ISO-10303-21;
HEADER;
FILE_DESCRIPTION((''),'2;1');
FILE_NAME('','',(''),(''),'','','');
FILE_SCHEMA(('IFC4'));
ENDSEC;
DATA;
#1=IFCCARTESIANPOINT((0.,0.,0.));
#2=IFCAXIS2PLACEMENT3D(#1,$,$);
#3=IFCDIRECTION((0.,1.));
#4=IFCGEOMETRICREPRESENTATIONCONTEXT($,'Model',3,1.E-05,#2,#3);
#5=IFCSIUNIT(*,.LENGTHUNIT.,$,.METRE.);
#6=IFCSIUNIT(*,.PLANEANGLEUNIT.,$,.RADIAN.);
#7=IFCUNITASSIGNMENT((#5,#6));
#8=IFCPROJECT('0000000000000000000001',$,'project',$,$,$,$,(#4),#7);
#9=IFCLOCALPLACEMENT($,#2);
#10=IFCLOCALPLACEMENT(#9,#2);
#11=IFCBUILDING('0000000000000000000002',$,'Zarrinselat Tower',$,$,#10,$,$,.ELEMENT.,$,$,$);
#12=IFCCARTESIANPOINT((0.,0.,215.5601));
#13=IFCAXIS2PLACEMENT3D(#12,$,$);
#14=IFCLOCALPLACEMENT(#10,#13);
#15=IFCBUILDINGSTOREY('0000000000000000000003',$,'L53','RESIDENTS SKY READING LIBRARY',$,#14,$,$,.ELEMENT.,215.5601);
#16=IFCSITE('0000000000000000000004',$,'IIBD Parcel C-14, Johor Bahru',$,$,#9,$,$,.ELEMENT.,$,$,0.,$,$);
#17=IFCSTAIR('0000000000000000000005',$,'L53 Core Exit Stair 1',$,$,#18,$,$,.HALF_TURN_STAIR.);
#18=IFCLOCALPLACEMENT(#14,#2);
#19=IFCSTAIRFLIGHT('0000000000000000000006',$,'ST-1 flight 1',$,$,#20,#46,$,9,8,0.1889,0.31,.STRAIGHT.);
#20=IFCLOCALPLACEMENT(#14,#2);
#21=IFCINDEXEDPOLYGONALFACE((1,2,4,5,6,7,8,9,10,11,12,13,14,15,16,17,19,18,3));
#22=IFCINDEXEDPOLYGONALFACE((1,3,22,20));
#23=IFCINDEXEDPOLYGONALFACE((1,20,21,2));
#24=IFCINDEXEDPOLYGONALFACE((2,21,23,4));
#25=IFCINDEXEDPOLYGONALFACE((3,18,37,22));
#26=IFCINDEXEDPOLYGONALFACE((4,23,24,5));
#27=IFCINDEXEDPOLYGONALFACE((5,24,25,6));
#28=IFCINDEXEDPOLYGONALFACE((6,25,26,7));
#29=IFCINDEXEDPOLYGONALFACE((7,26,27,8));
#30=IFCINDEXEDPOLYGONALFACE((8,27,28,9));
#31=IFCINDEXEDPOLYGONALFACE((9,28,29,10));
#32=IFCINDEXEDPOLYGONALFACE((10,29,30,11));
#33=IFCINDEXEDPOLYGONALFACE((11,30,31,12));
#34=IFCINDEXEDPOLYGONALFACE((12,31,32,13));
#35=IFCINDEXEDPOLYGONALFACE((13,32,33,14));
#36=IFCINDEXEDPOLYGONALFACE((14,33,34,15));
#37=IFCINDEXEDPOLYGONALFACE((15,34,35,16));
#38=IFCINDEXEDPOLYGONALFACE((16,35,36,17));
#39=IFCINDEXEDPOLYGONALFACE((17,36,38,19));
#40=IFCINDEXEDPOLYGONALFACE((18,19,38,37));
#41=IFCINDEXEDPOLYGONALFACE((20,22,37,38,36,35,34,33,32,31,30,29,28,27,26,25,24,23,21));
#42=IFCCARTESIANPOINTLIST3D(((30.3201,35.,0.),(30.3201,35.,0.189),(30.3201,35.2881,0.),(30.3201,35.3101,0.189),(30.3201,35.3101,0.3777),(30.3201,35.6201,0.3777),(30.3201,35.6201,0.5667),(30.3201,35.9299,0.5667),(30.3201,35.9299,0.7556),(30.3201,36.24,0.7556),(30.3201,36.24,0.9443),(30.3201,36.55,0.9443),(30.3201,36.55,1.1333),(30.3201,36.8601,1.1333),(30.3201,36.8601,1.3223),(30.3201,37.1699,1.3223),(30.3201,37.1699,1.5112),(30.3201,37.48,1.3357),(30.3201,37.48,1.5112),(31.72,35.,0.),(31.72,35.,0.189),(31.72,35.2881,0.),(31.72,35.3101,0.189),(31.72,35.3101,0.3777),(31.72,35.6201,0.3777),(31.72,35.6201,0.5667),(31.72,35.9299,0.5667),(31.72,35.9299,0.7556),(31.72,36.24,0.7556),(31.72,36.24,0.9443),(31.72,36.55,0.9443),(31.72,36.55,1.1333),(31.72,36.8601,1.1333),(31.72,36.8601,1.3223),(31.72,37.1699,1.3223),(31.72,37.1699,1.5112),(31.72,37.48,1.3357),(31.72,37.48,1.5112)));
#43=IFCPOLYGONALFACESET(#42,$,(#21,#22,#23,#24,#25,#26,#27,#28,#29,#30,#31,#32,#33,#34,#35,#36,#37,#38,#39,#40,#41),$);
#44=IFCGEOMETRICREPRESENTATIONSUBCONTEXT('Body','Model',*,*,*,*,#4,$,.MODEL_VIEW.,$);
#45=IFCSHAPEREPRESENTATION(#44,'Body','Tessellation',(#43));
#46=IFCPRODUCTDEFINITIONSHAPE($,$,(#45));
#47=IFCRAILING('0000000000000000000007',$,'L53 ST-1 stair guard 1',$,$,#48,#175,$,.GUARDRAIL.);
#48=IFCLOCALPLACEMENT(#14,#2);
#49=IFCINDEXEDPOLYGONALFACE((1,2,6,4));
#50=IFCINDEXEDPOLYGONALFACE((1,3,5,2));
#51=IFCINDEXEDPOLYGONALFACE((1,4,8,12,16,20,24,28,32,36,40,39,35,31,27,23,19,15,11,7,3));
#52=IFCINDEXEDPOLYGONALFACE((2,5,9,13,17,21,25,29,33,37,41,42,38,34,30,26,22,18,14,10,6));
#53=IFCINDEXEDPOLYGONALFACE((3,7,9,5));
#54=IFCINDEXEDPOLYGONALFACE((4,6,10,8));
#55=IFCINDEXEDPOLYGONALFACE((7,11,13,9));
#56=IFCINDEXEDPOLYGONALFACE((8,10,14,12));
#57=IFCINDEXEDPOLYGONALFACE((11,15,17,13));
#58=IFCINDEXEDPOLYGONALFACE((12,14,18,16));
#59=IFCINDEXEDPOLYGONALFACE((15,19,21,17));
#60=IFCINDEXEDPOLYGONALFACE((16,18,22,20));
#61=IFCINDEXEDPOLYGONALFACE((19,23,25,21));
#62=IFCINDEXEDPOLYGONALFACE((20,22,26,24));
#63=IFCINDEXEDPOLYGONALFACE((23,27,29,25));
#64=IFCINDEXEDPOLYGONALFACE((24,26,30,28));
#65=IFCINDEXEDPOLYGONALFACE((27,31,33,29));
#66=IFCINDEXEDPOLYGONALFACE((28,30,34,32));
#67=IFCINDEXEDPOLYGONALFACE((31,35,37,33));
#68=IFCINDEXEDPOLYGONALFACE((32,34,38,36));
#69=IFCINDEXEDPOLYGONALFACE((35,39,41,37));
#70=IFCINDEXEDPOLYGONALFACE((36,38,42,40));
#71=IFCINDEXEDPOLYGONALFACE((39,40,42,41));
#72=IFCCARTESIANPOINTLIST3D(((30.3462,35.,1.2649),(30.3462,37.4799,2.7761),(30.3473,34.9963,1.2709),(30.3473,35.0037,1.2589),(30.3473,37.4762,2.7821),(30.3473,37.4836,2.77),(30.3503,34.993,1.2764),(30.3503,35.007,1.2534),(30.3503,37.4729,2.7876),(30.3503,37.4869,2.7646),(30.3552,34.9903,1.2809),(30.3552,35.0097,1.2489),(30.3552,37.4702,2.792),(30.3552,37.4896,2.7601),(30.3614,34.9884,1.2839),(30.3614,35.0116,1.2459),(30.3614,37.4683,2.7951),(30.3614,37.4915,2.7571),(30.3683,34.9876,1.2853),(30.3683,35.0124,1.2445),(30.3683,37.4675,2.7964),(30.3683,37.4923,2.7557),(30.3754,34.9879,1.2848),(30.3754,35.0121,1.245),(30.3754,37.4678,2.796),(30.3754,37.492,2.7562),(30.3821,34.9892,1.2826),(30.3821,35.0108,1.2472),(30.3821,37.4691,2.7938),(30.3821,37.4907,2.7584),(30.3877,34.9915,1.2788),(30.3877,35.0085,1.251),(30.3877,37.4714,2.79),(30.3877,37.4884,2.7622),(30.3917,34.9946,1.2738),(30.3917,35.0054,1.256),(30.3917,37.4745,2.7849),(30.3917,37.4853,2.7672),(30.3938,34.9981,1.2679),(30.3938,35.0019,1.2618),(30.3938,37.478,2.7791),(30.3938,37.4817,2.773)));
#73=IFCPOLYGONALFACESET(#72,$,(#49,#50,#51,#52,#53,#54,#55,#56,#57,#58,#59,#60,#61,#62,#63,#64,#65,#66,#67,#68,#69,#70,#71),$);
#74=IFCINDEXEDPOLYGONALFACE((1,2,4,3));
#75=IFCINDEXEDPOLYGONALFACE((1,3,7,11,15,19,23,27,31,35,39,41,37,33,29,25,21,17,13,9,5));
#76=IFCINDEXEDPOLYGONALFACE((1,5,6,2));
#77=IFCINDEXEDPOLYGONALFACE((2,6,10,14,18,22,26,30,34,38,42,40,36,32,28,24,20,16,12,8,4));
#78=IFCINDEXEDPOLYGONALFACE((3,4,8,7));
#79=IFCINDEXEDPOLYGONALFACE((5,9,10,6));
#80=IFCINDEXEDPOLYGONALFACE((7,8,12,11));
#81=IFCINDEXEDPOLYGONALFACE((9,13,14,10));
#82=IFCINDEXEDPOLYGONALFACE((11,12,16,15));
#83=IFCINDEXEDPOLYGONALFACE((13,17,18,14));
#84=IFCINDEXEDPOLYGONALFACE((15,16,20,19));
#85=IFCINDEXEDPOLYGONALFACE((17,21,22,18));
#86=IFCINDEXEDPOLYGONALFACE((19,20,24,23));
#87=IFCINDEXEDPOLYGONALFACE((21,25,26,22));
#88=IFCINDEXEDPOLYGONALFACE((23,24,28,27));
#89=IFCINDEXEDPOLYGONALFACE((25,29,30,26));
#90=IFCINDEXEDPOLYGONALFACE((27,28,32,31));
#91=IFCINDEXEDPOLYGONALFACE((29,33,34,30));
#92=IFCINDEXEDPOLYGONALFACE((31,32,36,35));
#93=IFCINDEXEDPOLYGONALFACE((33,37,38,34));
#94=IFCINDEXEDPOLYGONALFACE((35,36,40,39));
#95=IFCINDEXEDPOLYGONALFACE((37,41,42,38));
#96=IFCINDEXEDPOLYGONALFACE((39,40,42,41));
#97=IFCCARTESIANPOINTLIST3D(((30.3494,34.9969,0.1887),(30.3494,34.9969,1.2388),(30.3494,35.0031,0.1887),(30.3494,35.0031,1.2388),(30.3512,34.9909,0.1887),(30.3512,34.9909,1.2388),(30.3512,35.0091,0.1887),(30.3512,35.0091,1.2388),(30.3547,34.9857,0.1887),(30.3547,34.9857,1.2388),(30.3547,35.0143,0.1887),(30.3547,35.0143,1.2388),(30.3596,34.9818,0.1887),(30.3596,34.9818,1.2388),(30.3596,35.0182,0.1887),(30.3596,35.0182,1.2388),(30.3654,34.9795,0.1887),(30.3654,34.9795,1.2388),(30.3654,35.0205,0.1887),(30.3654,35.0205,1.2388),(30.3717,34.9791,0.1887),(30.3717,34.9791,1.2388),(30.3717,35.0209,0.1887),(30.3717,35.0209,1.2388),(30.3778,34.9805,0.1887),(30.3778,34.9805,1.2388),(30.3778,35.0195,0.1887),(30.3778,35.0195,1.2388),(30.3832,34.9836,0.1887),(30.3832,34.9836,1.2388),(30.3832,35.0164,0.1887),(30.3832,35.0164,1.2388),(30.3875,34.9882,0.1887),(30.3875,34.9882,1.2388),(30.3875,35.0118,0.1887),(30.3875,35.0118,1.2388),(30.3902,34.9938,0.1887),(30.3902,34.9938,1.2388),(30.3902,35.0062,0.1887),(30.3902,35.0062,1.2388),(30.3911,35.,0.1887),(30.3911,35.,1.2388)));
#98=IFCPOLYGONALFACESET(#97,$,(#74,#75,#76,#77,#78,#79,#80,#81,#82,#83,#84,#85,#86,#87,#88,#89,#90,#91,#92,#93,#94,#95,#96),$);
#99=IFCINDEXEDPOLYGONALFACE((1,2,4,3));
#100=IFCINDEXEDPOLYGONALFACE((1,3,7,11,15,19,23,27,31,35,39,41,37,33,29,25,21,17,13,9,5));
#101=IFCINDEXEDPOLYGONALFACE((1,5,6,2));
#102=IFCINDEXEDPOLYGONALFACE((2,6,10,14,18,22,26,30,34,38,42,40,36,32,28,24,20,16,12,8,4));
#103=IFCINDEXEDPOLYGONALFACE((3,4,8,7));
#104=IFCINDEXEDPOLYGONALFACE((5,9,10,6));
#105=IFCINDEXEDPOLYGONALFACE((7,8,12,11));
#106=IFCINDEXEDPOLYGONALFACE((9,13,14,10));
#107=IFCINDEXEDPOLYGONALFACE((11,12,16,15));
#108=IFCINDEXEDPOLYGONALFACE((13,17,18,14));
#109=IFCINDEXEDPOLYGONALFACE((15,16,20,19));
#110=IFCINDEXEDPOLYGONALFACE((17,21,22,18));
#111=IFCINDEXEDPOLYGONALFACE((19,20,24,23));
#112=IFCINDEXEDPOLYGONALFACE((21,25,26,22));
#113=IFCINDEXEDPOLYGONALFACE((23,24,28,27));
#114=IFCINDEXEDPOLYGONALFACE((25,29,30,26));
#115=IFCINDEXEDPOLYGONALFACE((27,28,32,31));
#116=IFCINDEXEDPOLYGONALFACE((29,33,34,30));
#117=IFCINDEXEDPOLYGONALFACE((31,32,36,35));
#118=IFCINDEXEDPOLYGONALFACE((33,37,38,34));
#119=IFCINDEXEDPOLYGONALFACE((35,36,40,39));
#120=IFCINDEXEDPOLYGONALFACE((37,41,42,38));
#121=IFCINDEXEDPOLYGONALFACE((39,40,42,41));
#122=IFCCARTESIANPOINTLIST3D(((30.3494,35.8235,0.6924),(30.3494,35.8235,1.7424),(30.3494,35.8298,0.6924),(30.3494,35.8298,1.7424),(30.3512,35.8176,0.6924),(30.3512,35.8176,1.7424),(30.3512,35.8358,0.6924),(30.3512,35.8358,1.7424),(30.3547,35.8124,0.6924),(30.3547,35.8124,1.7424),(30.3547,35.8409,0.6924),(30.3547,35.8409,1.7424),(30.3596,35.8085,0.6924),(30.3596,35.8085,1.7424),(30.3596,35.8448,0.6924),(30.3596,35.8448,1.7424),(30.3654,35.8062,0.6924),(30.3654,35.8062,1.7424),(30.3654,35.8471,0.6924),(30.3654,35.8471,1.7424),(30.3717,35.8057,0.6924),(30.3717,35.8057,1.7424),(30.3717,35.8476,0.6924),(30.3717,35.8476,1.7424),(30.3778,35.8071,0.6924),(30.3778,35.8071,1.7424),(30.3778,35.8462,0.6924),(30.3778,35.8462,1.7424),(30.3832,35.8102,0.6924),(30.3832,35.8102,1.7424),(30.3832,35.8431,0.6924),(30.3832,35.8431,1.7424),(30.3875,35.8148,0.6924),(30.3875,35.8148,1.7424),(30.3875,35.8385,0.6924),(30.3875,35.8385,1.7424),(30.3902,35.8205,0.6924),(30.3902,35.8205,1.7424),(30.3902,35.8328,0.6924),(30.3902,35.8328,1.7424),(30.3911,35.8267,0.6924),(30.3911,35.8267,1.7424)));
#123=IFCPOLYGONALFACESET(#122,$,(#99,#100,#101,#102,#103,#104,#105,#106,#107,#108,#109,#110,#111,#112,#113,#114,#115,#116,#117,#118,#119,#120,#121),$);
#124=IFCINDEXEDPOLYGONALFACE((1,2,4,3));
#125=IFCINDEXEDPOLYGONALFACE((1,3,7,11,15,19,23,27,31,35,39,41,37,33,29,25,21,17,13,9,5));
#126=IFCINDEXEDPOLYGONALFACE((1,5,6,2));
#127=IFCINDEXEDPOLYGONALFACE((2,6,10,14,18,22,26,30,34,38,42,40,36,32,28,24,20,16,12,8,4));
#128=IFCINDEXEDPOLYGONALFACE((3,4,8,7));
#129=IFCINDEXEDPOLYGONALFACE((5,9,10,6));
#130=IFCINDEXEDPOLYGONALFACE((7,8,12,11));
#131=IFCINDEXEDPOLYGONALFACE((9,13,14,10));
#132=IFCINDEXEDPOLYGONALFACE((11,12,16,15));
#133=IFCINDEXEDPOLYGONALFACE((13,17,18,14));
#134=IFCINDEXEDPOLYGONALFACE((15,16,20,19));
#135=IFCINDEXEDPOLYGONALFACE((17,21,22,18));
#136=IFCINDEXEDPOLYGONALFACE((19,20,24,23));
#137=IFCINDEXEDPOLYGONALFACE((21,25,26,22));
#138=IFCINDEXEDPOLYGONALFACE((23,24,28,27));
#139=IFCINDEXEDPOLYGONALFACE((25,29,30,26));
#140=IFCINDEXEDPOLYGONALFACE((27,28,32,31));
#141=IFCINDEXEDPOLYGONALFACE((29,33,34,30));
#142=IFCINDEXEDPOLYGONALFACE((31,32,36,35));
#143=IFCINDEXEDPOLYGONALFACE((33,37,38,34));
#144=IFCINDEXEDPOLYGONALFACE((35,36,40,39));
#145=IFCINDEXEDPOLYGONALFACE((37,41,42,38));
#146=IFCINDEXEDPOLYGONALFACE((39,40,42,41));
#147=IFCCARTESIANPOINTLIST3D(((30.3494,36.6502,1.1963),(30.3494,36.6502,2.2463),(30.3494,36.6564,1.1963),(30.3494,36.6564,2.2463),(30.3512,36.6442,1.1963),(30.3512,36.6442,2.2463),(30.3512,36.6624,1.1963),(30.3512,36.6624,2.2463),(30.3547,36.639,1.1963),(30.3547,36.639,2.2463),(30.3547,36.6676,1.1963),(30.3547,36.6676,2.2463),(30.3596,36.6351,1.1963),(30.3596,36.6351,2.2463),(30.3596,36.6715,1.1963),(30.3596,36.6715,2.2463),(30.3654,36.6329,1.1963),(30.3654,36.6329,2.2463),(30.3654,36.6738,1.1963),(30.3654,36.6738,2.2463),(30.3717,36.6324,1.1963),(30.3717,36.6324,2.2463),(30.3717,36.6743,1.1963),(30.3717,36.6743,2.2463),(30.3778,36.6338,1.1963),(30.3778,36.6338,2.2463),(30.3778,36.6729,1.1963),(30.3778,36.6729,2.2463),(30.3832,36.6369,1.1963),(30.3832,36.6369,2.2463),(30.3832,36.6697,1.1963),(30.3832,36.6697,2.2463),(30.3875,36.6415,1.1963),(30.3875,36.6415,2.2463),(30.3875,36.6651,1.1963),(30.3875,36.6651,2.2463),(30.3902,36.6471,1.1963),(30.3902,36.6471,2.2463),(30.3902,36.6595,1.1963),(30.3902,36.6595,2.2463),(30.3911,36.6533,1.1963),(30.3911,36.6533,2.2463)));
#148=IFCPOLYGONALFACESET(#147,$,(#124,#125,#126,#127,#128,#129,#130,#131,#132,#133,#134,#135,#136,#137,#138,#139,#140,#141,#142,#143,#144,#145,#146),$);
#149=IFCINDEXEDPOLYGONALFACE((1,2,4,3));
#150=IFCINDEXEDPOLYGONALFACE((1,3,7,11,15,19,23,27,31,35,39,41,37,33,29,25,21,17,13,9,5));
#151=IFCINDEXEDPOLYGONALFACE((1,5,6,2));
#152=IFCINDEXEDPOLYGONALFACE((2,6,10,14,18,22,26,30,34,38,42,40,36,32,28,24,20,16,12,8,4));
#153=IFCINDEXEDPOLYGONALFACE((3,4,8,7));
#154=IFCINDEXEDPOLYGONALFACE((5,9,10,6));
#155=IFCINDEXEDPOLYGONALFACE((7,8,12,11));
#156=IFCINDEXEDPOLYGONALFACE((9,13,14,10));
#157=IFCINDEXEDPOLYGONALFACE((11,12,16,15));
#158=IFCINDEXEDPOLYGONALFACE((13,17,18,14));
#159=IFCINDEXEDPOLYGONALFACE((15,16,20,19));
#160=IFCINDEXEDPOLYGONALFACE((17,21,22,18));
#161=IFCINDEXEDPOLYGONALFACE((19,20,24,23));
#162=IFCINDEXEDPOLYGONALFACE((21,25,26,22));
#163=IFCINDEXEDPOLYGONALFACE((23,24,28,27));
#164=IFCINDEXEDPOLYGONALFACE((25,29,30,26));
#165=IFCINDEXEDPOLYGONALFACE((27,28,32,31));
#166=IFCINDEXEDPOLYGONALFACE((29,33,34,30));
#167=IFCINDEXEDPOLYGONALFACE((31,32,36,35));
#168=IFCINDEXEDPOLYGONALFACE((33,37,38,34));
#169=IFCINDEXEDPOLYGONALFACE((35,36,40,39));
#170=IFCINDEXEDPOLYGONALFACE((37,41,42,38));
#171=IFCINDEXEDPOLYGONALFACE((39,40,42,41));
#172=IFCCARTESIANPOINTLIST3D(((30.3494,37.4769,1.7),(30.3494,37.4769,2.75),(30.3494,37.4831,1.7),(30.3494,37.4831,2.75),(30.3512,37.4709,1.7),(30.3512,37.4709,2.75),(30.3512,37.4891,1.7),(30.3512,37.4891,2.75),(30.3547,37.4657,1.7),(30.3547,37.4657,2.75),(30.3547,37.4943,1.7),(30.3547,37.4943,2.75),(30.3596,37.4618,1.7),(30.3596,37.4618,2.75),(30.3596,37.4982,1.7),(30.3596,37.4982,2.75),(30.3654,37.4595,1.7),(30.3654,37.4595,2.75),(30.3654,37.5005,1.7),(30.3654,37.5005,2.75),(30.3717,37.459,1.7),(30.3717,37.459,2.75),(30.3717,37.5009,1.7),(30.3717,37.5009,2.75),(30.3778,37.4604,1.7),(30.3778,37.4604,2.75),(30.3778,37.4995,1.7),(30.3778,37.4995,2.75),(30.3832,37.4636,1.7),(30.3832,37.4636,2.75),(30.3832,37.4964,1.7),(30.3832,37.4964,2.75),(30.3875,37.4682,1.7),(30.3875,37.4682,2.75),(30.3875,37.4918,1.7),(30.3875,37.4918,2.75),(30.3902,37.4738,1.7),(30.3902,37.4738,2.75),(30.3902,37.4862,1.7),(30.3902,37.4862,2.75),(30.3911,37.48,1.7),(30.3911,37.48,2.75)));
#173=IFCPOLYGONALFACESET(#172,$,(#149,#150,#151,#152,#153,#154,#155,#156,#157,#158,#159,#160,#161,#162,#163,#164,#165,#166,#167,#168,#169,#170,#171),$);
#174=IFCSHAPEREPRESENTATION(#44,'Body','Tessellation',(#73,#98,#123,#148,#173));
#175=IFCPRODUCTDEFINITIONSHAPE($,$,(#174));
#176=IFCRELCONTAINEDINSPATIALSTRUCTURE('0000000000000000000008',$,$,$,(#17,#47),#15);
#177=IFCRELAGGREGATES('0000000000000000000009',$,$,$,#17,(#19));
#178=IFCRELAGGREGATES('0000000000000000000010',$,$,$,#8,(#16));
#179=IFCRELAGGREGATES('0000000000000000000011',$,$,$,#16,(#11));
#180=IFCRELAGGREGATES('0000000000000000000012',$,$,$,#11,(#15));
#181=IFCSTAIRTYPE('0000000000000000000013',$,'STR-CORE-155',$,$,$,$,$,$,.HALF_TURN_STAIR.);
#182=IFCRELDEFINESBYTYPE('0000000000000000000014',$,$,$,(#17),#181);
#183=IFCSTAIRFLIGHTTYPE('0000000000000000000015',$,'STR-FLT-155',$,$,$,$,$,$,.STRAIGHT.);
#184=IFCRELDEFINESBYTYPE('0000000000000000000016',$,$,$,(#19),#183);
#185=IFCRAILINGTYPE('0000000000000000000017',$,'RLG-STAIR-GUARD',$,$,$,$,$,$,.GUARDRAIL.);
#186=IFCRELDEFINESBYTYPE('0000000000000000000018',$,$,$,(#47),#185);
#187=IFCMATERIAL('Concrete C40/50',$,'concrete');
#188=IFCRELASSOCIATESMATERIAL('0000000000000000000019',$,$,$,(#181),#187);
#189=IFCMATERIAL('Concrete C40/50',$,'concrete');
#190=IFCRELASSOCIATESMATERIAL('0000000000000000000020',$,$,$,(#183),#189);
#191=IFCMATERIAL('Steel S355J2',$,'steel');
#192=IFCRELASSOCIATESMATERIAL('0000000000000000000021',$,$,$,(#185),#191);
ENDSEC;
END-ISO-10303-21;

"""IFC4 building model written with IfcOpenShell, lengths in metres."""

from ifc_helpers import new_model, si_unit, direction, frame, origin, origin_2d, place, context, subcontext, project, spatial, polyline, circle, outline, extrude, material, type_object, element, aggregate, save


model = new_model("IFC4")

# Units and contexts
model_context = context("Model", 3, precision=1e-05, world=origin(), true_north=direction((0.0, 1.0)))
body_context = subcontext(model_context, "Body", "Model", "MODEL_VIEW")
ifc_project = project(units=[si_unit("LENGTHUNIT", "METRE"), si_unit("PLANEANGLEUNIT", "RADIAN")], contexts=[model_context])

# Site, building, storey
site_placement = place(None, origin())
site = spatial("IfcSite", under=ifc_project, at=site_placement, Name="IIBD Parcel C-14, Johor Bahru", CompositionType="ELEMENT", RefElevation=0.0)
building_placement = place(site_placement, origin())
building = spatial("IfcBuilding", under=site, at=building_placement, Name="Zarrinselat Tower", CompositionType="ELEMENT")
storey_placement = place(building_placement, frame((0.0, 0.0, 215.5601)))
storey = spatial("IfcBuildingStorey", under=building, at=storey_placement, Name="L53", Description="RESIDENTS SKY READING LIBRARY", CompositionType="ELEMENT", Elevation=215.5601)

# Stair, stair flight
ifc_material_1 = material(Name="Concrete C40/50", Category="concrete")
stair_type = type_object("IfcStairType", Name="STR-CORE-155", PredefinedType="HALF_TURN_STAIR", material=ifc_material_1)
stair_placement = place(storey_placement, origin())
stair = element("IfcStair", 1, at=stair_placement, inside=storey, type_object=stair_type, Name="L53 Core Exit Stair 1", PredefinedType="HALF_TURN_STAIR")
ifc_material_2 = material(Name="Concrete C40/50", Category="concrete")
stair_flight_type = type_object("IfcStairFlightType", Name="STR-FLT-155", PredefinedType="STRAIGHT", material=ifc_material_2)
stair_flight_placement = place(storey_placement, frame((31.02, 35.0, 0.0), z_axis=(0.0, 0.0, 1.0), x_axis=(0.0, 1.0, 0.0)))
stair_flight = element("IfcStairFlight", 2, at=stair_flight_placement, type_object=stair_flight_type, Name="ST-1 flight 1", NumberOfRisers=9, NumberOfTreads=8, PredefinedType="STRAIGHT", RiserHeight=0.1889, TreadLength=0.31, context=body_context, shape_type="SweptSolid", body=[
    extrude(outline(polyline([(0.0, 0.0), (0.0, 0.189), (0.3101, 0.189), (0.3101, 0.3777), (0.6201, 0.3777), (0.6201, 0.5667), (0.9299, 0.5667), (0.9299, 0.7556), (1.24, 0.7556), (1.24, 0.9443), (1.55, 0.9443), (1.55, 1.1333), (1.8601, 1.1333), (1.8601, 1.3223), (2.1699, 1.3223), (2.1699, 1.5112), (2.48, 1.5112), (2.48, 1.7), (2.48, 1.3357), (0.2881, 0.0), (0.0, 0.0)])), frame((0.0, 0.7, 0.0), z_axis=(0.0, -1.0, 0.0), x_axis=(1.0, 0.0, 0.0)), (0.0, 0.0, 1.0), 1.3999),
])
aggregate(stair, [stair_flight])

# Railing
ifc_material_3 = material(Name="Steel S355J2", Category="steel")
railing_type_1 = type_object("IfcRailingType", Name="RLG-STAIR-GUARD", PredefinedType="GUARDRAIL", material=ifc_material_3)
railing_1_placement = place(storey_placement, frame((30.3701, 35.0, 0.1887)))
element("IfcRailing", 3, at=railing_1_placement, inside=storey, type_object=railing_type_1, Name="L53 ST-1 stair guard 1", PredefinedType="GUARDRAIL", context=body_context, shape_type="SweptSolid", body=[
    extrude(circle(Radius=0.0239, at=origin_2d()), frame((0.0, 0.0, 1.0762), z_axis=(0.0, 0.853942, 0.520368), x_axis=(-1.0, 0.0, 0.0)), (0.0, 0.0, 1.0), 2.9041),
    extrude(circle(Radius=0.021, at=origin_2d()), origin(), (0.0, 0.0, 1.0), 1.05),
    extrude(circle(Radius=0.021, at=origin_2d()), frame((0.0, 0.8267, 0.5037)), (0.0, 0.0, 1.0), 1.05),
    extrude(circle(Radius=0.021, at=origin_2d()), frame((0.0, 1.6533, 1.0076)), (0.0, 0.0, 1.0), 1.05),
    extrude(circle(Radius=0.021, at=origin_2d()), frame((0.0, 2.48, 1.5112)), (0.0, 0.0, 1.0), 1.05),
])

save(model, "model.ifc")
